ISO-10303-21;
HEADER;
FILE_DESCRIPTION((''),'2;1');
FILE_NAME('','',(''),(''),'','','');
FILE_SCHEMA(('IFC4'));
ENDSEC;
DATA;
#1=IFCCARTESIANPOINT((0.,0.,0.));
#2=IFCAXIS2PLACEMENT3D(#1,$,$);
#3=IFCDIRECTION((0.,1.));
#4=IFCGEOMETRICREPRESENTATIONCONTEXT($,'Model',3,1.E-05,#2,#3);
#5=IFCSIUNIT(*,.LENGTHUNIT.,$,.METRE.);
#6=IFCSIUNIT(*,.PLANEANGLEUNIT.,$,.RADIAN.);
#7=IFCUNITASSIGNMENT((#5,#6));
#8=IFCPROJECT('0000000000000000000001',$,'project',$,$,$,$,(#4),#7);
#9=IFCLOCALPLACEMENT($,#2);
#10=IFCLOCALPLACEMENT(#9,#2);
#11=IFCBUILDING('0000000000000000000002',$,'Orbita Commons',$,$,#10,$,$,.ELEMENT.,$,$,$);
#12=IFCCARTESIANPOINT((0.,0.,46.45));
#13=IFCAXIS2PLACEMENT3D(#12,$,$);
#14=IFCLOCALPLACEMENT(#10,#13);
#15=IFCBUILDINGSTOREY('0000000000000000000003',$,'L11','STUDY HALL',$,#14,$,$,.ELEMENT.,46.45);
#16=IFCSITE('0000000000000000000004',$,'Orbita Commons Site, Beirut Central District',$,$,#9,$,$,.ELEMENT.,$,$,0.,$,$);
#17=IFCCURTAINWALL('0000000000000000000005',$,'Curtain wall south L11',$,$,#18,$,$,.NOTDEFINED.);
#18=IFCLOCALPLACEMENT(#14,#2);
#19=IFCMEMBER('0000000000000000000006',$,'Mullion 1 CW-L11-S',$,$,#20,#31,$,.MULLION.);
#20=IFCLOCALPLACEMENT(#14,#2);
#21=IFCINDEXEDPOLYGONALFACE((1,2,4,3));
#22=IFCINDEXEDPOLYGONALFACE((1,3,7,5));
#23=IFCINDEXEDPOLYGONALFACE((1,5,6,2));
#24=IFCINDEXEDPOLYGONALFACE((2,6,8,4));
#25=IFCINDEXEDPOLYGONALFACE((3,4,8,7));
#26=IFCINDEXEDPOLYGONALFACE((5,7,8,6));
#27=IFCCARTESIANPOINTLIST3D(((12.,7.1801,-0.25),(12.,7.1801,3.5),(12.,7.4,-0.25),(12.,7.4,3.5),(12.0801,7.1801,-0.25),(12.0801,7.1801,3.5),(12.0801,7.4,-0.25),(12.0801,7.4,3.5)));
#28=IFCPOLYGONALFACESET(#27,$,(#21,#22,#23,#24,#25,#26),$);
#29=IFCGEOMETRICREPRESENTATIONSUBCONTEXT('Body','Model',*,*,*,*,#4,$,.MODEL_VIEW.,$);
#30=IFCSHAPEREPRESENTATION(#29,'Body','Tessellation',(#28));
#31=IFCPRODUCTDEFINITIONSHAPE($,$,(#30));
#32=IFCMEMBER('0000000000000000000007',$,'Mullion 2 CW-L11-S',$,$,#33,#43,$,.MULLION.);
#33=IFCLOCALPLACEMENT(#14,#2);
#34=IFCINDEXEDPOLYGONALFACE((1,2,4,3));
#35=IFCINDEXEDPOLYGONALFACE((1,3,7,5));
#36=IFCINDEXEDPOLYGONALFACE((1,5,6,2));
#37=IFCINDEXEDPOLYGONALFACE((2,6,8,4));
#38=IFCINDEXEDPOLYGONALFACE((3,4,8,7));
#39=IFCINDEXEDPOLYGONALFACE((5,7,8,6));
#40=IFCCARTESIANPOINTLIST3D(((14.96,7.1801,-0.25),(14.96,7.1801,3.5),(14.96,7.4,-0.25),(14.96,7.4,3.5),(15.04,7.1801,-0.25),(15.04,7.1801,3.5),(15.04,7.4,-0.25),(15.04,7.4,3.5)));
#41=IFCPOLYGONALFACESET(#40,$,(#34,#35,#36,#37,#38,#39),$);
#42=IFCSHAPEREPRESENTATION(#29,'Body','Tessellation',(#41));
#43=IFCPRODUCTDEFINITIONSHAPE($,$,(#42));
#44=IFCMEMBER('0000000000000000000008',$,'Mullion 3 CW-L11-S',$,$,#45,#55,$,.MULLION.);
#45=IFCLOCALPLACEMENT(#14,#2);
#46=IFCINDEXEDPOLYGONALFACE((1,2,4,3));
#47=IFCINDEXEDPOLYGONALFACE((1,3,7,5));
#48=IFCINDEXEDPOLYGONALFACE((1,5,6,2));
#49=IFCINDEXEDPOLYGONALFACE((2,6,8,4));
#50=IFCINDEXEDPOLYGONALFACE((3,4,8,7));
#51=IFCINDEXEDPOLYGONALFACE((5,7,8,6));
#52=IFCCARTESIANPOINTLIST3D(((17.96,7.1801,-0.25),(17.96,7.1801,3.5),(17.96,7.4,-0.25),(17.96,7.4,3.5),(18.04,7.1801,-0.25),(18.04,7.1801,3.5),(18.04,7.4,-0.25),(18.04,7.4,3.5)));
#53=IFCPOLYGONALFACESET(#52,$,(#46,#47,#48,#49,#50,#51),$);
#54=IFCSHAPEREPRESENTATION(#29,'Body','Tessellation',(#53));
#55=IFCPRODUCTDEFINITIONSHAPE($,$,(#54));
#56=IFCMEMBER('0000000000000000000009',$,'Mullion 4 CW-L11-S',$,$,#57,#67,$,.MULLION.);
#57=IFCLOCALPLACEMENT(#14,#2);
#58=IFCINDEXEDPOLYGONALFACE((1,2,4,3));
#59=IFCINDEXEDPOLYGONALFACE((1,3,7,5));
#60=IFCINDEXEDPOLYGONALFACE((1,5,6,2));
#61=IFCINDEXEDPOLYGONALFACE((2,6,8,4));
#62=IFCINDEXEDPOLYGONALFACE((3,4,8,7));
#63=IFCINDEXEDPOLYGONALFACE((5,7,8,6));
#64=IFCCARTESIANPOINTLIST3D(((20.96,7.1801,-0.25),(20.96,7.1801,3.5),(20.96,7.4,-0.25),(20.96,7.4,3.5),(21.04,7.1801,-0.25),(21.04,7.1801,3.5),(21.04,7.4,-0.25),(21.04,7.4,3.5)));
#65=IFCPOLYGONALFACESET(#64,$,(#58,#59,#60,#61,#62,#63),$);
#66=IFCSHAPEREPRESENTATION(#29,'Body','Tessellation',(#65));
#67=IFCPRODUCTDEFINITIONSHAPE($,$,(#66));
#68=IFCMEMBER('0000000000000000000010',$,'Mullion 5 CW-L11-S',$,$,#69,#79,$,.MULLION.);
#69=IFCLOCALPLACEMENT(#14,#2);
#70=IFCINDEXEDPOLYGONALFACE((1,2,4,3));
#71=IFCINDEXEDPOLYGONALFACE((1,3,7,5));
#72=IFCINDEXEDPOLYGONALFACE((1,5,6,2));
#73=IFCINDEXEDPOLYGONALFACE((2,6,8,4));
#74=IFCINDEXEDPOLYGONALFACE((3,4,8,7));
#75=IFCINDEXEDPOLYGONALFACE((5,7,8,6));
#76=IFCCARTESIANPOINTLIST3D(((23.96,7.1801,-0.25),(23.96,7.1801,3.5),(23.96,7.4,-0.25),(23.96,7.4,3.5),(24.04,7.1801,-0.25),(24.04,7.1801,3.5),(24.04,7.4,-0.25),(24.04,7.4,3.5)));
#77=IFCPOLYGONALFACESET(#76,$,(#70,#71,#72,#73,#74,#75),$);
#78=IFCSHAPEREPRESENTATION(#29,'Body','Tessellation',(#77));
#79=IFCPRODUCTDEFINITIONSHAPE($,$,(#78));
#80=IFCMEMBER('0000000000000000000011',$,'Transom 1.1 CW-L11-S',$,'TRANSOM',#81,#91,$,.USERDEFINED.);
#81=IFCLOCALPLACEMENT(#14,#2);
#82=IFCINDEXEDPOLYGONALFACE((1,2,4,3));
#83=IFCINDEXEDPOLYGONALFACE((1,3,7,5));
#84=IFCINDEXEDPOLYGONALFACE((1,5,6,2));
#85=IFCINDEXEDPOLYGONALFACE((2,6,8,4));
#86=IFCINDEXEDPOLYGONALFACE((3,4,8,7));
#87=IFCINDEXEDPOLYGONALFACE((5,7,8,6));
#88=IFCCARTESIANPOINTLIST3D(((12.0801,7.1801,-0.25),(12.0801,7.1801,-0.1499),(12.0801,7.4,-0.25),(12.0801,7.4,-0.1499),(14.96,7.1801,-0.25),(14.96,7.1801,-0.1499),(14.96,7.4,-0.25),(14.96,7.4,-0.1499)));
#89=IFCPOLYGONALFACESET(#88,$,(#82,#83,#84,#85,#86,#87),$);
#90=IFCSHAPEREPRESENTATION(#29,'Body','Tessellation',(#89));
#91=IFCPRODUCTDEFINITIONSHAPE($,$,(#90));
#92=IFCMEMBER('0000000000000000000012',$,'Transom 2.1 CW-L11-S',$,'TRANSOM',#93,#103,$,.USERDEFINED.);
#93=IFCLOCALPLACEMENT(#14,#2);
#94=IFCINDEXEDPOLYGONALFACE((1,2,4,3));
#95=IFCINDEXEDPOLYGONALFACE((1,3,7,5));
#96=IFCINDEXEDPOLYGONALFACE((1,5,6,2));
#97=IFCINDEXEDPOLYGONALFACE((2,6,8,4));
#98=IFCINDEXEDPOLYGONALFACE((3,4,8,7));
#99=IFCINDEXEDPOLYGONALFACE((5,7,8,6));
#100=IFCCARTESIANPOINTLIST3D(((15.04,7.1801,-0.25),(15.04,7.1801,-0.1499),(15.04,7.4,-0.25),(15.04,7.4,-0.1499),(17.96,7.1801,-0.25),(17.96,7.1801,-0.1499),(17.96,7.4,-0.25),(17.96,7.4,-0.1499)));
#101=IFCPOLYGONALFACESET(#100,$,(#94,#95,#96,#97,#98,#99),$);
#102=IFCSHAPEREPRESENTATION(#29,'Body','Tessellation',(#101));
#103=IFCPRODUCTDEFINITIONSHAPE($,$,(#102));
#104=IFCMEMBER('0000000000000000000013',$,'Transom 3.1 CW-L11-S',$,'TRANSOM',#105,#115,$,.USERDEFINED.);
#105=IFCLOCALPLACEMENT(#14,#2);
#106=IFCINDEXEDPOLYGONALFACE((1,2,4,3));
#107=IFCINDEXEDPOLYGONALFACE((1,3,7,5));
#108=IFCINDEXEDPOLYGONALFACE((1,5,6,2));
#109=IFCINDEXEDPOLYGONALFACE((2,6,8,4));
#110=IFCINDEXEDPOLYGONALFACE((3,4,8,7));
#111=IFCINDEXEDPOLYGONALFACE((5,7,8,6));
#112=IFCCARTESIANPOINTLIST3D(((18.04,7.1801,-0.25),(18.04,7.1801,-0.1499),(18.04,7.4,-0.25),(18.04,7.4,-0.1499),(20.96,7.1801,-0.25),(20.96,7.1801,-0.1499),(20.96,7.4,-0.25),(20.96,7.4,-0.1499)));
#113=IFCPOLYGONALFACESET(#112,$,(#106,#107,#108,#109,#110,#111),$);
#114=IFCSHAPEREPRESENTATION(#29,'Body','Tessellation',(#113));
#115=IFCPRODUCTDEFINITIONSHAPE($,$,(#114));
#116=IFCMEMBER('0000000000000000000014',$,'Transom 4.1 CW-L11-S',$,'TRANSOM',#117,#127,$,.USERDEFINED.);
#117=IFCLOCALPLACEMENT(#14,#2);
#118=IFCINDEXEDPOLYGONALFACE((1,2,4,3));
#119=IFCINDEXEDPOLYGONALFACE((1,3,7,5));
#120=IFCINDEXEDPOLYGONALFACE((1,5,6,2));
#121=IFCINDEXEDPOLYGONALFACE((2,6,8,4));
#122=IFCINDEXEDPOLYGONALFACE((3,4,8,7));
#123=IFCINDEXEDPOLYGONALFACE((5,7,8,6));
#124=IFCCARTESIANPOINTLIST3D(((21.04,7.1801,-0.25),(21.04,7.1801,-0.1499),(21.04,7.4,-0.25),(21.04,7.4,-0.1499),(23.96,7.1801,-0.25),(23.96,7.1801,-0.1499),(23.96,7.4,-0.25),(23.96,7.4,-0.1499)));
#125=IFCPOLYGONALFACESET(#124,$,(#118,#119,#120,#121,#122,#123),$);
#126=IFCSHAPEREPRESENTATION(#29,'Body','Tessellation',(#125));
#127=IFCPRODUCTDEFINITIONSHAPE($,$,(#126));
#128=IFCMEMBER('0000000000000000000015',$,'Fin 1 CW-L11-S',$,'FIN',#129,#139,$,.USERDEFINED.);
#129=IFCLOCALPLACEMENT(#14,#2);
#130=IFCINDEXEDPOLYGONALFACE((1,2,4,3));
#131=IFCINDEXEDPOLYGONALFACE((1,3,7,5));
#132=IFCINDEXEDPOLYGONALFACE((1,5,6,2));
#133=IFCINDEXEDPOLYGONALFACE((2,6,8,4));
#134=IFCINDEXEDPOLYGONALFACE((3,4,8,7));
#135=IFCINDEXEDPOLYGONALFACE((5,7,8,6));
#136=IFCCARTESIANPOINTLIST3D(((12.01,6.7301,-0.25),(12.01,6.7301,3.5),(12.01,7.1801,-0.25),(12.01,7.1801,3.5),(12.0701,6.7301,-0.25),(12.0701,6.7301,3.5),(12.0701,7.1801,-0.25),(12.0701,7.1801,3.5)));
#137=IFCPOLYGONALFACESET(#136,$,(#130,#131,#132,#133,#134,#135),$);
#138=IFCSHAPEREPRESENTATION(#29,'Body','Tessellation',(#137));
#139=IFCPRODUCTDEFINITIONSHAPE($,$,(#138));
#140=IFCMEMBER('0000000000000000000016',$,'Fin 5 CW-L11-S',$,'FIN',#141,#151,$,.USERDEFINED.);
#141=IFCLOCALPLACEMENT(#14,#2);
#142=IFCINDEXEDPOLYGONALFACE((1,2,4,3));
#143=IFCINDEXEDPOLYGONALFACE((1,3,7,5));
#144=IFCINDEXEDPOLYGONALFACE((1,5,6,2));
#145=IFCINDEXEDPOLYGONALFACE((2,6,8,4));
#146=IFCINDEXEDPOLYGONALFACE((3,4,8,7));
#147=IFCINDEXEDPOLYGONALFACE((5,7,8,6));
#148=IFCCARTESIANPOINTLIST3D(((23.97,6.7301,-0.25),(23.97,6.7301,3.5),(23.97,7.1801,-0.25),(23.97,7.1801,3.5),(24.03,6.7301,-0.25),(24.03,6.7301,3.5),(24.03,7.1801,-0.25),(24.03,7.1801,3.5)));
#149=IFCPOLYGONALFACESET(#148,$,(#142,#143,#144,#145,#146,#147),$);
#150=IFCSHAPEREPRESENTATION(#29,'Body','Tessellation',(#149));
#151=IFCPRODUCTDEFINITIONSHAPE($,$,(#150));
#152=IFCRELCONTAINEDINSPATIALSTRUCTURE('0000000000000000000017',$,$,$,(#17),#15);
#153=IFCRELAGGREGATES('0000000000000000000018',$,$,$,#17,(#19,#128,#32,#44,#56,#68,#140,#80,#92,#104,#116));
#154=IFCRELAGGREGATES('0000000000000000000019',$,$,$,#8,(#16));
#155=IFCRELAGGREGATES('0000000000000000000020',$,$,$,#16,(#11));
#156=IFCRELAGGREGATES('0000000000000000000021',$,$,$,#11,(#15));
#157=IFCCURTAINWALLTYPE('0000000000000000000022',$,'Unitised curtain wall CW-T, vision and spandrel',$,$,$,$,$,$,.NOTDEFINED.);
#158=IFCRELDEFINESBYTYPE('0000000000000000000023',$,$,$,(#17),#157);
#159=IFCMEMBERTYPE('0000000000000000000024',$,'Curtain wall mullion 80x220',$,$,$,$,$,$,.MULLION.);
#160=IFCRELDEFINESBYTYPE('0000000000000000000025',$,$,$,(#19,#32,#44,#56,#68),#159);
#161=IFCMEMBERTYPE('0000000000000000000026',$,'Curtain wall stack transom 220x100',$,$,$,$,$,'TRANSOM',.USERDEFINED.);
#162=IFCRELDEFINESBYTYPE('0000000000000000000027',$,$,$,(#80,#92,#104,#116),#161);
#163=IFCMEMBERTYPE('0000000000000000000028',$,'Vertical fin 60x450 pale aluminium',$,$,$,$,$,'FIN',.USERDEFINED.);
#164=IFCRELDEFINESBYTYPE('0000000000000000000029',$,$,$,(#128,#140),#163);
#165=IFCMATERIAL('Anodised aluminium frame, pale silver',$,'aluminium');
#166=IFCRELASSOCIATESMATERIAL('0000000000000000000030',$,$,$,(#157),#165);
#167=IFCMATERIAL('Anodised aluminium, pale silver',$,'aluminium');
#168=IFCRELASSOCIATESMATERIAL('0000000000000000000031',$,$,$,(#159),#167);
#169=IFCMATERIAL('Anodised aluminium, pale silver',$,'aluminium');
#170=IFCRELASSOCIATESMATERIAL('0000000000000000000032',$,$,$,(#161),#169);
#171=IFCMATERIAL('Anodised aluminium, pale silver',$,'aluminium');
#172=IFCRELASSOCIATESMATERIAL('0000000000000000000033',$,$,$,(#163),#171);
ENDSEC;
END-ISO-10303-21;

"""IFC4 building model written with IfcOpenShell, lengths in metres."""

from ifc_helpers import new_model, si_unit, direction, frame, origin, origin_2d, place, context, subcontext, project, spatial, rectangle, extrude, material, material_profile, profile_set, type_object, element, aggregate, save


model = new_model("IFC4")

# Units and contexts
model_context = context("Model", 3, precision=1e-05, world=origin(), true_north=direction((0.0, 1.0)))
body_context = subcontext(model_context, "Body", "Model", "MODEL_VIEW")
ifc_project = project(units=[si_unit("LENGTHUNIT", "METRE"), si_unit("PLANEANGLEUNIT", "RADIAN")], contexts=[model_context])

# Site, building, storey
site_placement = place(None, origin())
site = spatial("IfcSite", under=ifc_project, at=site_placement, Name="Orbita Commons Site, Beirut Central District", CompositionType="ELEMENT", RefElevation=0.0)
building_placement = place(site_placement, origin())
building = spatial("IfcBuilding", under=site, at=building_placement, Name="Orbita Commons", CompositionType="ELEMENT")
storey_placement = place(building_placement, frame((0.0, 0.0, 46.45)))
storey = spatial("IfcBuildingStorey", under=building, at=storey_placement, Name="L11", Description="STUDY HALL", CompositionType="ELEMENT", Elevation=46.45)

# Curtain wall, members
ifc_material_1 = material(Name="Anodised aluminium frame, pale silver", Category="aluminium")
curtain_wall_type = type_object("IfcCurtainWallType", Name="Unitised curtain wall CW-T, vision and spandrel", PredefinedType="NOTDEFINED", material=ifc_material_1)
curtain_wall_placement = place(storey_placement, origin())
curtain_wall = element("IfcCurtainWall", 1, at=curtain_wall_placement, inside=storey, type_object=curtain_wall_type, Name="Curtain wall south L11", PredefinedType="NOTDEFINED")
ifc_material_2 = material(Name="Anodised aluminium, pale silver", Category="aluminium")
ifc_material_profile_1 = material_profile(ifc_material_2, rectangle(XDim=0.0801, YDim=0.22, at=origin_2d()), Name="AL 80x220")
ifc_profile_set_1 = profile_set([ifc_material_profile_1], Name="Anodised aluminium, pale silver")
member_type_1 = type_object("IfcMemberType", Name="Curtain wall mullion 80x220", PredefinedType="MULLION", material=ifc_profile_set_1)
member_1_placement = place(storey_placement, frame((12.04, 7.29, -0.25), z_axis=(0.0, 0.0, 1.0), x_axis=(1.0, 0.0, 0.0)))
member_1 = element("IfcMember", 2, at=member_1_placement, type_object=member_type_1, Name="Mullion 1 CW-L11-S", PredefinedType="MULLION", context=body_context, shape_type="SweptSolid", body=[
    extrude(rectangle(XDim=0.0801, YDim=0.22, at=origin_2d()), origin(), (0.0, 0.0, 1.0), 3.75),
])
member_2_placement = place(storey_placement, frame((15.0, 7.29, -0.25), z_axis=(0.0, 0.0, 1.0), x_axis=(1.0, 0.0, 0.0)))
member_2 = element("IfcMember", 3, at=member_2_placement, type_object=member_type_1, Name="Mullion 2 CW-L11-S", PredefinedType="MULLION", context=body_context, shape_type="SweptSolid", body=[
    extrude(rectangle(XDim=0.0801, YDim=0.22, at=origin_2d()), origin(), (0.0, 0.0, 1.0), 3.75),
])
member_3_placement = place(storey_placement, frame((18.0, 7.29, -0.25), z_axis=(0.0, 0.0, 1.0), x_axis=(1.0, 0.0, 0.0)))
member_3 = element("IfcMember", 4, at=member_3_placement, type_object=member_type_1, Name="Mullion 3 CW-L11-S", PredefinedType="MULLION", context=body_context, shape_type="SweptSolid", body=[
    extrude(rectangle(XDim=0.0801, YDim=0.22, at=origin_2d()), origin(), (0.0, 0.0, 1.0), 3.75),
])
member_4_placement = place(storey_placement, frame((21.0, 7.29, -0.25), z_axis=(0.0, 0.0, 1.0), x_axis=(1.0, 0.0, 0.0)))
member_4 = element("IfcMember", 5, at=member_4_placement, type_object=member_type_1, Name="Mullion 4 CW-L11-S", PredefinedType="MULLION", context=body_context, shape_type="SweptSolid", body=[
    extrude(rectangle(XDim=0.0801, YDim=0.22, at=origin_2d()), origin(), (0.0, 0.0, 1.0), 3.75),
])
member_5_placement = place(storey_placement, frame((24.0, 7.29, -0.25), z_axis=(0.0, 0.0, 1.0), x_axis=(1.0, 0.0, 0.0)))
member_5 = element("IfcMember", 6, at=member_5_placement, type_object=member_type_1, Name="Mullion 5 CW-L11-S", PredefinedType="MULLION", context=body_context, shape_type="SweptSolid", body=[
    extrude(rectangle(XDim=0.0801, YDim=0.22, at=origin_2d()), origin(), (0.0, 0.0, 1.0), 3.75),
])
ifc_material_3 = material(Name="Anodised aluminium, pale silver", Category="aluminium")
ifc_material_profile_2 = material_profile(ifc_material_3, rectangle(XDim=0.22, YDim=0.1001, at=origin_2d()), Name="AL 220x100")
ifc_profile_set_2 = profile_set([ifc_material_profile_2], Name="Anodised aluminium, pale silver")
member_type_2 = type_object("IfcMemberType", Name="Curtain wall stack transom 220x100", ElementType="TRANSOM", PredefinedType="USERDEFINED", material=ifc_profile_set_2)
member_6_placement = place(storey_placement, frame((12.0801, 7.29, -0.2), z_axis=(1.0, 0.0, 0.0), x_axis=(0.0, 1.0, 0.0)))
member_6 = element("IfcMember", 7, at=member_6_placement, type_object=member_type_2, Name="Transom 1.1 CW-L11-S", ObjectType="TRANSOM", PredefinedType="USERDEFINED", context=body_context, shape_type="SweptSolid", body=[
    extrude(rectangle(XDim=0.22, YDim=0.1001, at=origin_2d()), origin(), (0.0, 0.0, 1.0), 2.8799),
])
member_7_placement = place(storey_placement, frame((15.04, 7.29, -0.2), z_axis=(1.0, 0.0, 0.0), x_axis=(0.0, 1.0, 0.0)))
member_7 = element("IfcMember", 8, at=member_7_placement, type_object=member_type_2, Name="Transom 2.1 CW-L11-S", ObjectType="TRANSOM", PredefinedType="USERDEFINED", context=body_context, shape_type="SweptSolid", body=[
    extrude(rectangle(XDim=0.22, YDim=0.1001, at=origin_2d()), origin(), (0.0, 0.0, 1.0), 2.9199),
])
member_8_placement = place(storey_placement, frame((18.04, 7.29, -0.2), z_axis=(1.0, 0.0, 0.0), x_axis=(0.0, 1.0, 0.0)))
member_8 = element("IfcMember", 9, at=member_8_placement, type_object=member_type_2, Name="Transom 3.1 CW-L11-S", ObjectType="TRANSOM", PredefinedType="USERDEFINED", context=body_context, shape_type="SweptSolid", body=[
    extrude(rectangle(XDim=0.22, YDim=0.1001, at=origin_2d()), origin(), (0.0, 0.0, 1.0), 2.9199),
])
member_9_placement = place(storey_placement, frame((21.04, 7.29, -0.2), z_axis=(1.0, 0.0, 0.0), x_axis=(0.0, 1.0, 0.0)))
member_9 = element("IfcMember", 10, at=member_9_placement, type_object=member_type_2, Name="Transom 4.1 CW-L11-S", ObjectType="TRANSOM", PredefinedType="USERDEFINED", context=body_context, shape_type="SweptSolid", body=[
    extrude(rectangle(XDim=0.22, YDim=0.1001, at=origin_2d()), origin(), (0.0, 0.0, 1.0), 2.9199),
])
ifc_material_4 = material(Name="Anodised aluminium, pale silver", Category="aluminium")
ifc_material_profile_3 = material_profile(ifc_material_4, rectangle(XDim=0.0601, YDim=0.45, at=origin_2d()), Name="FIN 60x450")
ifc_profile_set_3 = profile_set([ifc_material_profile_3], Name="Anodised aluminium, pale silver")
member_type_3 = type_object("IfcMemberType", Name="Vertical fin 60x450 pale aluminium", ElementType="FIN", PredefinedType="USERDEFINED", material=ifc_profile_set_3)
member_10_placement = place(storey_placement, frame((12.04, 6.9551, -0.25), z_axis=(0.0, 0.0, 1.0), x_axis=(1.0, 0.0, 0.0)))
member_10 = element("IfcMember", 11, at=member_10_placement, type_object=member_type_3, Name="Fin 1 CW-L11-S", ObjectType="FIN", PredefinedType="USERDEFINED", context=body_context, shape_type="SweptSolid", body=[
    extrude(rectangle(XDim=0.0601, YDim=0.45, at=origin_2d()), origin(), (0.0, 0.0, 1.0), 3.75),
])
member_11_placement = place(storey_placement, frame((24.0, 6.9551, -0.25), z_axis=(0.0, 0.0, 1.0), x_axis=(1.0, 0.0, 0.0)))
member_11 = element("IfcMember", 12, at=member_11_placement, type_object=member_type_3, Name="Fin 5 CW-L11-S", ObjectType="FIN", PredefinedType="USERDEFINED", context=body_context, shape_type="SweptSolid", body=[
    extrude(rectangle(XDim=0.0601, YDim=0.45, at=origin_2d()), origin(), (0.0, 0.0, 1.0), 3.75),
])

aggregate(curtain_wall, [member_1, member_10, member_2, member_3, member_4, member_5, member_11, member_6, member_7, member_8, member_9])

save(model, "model.ifc")
